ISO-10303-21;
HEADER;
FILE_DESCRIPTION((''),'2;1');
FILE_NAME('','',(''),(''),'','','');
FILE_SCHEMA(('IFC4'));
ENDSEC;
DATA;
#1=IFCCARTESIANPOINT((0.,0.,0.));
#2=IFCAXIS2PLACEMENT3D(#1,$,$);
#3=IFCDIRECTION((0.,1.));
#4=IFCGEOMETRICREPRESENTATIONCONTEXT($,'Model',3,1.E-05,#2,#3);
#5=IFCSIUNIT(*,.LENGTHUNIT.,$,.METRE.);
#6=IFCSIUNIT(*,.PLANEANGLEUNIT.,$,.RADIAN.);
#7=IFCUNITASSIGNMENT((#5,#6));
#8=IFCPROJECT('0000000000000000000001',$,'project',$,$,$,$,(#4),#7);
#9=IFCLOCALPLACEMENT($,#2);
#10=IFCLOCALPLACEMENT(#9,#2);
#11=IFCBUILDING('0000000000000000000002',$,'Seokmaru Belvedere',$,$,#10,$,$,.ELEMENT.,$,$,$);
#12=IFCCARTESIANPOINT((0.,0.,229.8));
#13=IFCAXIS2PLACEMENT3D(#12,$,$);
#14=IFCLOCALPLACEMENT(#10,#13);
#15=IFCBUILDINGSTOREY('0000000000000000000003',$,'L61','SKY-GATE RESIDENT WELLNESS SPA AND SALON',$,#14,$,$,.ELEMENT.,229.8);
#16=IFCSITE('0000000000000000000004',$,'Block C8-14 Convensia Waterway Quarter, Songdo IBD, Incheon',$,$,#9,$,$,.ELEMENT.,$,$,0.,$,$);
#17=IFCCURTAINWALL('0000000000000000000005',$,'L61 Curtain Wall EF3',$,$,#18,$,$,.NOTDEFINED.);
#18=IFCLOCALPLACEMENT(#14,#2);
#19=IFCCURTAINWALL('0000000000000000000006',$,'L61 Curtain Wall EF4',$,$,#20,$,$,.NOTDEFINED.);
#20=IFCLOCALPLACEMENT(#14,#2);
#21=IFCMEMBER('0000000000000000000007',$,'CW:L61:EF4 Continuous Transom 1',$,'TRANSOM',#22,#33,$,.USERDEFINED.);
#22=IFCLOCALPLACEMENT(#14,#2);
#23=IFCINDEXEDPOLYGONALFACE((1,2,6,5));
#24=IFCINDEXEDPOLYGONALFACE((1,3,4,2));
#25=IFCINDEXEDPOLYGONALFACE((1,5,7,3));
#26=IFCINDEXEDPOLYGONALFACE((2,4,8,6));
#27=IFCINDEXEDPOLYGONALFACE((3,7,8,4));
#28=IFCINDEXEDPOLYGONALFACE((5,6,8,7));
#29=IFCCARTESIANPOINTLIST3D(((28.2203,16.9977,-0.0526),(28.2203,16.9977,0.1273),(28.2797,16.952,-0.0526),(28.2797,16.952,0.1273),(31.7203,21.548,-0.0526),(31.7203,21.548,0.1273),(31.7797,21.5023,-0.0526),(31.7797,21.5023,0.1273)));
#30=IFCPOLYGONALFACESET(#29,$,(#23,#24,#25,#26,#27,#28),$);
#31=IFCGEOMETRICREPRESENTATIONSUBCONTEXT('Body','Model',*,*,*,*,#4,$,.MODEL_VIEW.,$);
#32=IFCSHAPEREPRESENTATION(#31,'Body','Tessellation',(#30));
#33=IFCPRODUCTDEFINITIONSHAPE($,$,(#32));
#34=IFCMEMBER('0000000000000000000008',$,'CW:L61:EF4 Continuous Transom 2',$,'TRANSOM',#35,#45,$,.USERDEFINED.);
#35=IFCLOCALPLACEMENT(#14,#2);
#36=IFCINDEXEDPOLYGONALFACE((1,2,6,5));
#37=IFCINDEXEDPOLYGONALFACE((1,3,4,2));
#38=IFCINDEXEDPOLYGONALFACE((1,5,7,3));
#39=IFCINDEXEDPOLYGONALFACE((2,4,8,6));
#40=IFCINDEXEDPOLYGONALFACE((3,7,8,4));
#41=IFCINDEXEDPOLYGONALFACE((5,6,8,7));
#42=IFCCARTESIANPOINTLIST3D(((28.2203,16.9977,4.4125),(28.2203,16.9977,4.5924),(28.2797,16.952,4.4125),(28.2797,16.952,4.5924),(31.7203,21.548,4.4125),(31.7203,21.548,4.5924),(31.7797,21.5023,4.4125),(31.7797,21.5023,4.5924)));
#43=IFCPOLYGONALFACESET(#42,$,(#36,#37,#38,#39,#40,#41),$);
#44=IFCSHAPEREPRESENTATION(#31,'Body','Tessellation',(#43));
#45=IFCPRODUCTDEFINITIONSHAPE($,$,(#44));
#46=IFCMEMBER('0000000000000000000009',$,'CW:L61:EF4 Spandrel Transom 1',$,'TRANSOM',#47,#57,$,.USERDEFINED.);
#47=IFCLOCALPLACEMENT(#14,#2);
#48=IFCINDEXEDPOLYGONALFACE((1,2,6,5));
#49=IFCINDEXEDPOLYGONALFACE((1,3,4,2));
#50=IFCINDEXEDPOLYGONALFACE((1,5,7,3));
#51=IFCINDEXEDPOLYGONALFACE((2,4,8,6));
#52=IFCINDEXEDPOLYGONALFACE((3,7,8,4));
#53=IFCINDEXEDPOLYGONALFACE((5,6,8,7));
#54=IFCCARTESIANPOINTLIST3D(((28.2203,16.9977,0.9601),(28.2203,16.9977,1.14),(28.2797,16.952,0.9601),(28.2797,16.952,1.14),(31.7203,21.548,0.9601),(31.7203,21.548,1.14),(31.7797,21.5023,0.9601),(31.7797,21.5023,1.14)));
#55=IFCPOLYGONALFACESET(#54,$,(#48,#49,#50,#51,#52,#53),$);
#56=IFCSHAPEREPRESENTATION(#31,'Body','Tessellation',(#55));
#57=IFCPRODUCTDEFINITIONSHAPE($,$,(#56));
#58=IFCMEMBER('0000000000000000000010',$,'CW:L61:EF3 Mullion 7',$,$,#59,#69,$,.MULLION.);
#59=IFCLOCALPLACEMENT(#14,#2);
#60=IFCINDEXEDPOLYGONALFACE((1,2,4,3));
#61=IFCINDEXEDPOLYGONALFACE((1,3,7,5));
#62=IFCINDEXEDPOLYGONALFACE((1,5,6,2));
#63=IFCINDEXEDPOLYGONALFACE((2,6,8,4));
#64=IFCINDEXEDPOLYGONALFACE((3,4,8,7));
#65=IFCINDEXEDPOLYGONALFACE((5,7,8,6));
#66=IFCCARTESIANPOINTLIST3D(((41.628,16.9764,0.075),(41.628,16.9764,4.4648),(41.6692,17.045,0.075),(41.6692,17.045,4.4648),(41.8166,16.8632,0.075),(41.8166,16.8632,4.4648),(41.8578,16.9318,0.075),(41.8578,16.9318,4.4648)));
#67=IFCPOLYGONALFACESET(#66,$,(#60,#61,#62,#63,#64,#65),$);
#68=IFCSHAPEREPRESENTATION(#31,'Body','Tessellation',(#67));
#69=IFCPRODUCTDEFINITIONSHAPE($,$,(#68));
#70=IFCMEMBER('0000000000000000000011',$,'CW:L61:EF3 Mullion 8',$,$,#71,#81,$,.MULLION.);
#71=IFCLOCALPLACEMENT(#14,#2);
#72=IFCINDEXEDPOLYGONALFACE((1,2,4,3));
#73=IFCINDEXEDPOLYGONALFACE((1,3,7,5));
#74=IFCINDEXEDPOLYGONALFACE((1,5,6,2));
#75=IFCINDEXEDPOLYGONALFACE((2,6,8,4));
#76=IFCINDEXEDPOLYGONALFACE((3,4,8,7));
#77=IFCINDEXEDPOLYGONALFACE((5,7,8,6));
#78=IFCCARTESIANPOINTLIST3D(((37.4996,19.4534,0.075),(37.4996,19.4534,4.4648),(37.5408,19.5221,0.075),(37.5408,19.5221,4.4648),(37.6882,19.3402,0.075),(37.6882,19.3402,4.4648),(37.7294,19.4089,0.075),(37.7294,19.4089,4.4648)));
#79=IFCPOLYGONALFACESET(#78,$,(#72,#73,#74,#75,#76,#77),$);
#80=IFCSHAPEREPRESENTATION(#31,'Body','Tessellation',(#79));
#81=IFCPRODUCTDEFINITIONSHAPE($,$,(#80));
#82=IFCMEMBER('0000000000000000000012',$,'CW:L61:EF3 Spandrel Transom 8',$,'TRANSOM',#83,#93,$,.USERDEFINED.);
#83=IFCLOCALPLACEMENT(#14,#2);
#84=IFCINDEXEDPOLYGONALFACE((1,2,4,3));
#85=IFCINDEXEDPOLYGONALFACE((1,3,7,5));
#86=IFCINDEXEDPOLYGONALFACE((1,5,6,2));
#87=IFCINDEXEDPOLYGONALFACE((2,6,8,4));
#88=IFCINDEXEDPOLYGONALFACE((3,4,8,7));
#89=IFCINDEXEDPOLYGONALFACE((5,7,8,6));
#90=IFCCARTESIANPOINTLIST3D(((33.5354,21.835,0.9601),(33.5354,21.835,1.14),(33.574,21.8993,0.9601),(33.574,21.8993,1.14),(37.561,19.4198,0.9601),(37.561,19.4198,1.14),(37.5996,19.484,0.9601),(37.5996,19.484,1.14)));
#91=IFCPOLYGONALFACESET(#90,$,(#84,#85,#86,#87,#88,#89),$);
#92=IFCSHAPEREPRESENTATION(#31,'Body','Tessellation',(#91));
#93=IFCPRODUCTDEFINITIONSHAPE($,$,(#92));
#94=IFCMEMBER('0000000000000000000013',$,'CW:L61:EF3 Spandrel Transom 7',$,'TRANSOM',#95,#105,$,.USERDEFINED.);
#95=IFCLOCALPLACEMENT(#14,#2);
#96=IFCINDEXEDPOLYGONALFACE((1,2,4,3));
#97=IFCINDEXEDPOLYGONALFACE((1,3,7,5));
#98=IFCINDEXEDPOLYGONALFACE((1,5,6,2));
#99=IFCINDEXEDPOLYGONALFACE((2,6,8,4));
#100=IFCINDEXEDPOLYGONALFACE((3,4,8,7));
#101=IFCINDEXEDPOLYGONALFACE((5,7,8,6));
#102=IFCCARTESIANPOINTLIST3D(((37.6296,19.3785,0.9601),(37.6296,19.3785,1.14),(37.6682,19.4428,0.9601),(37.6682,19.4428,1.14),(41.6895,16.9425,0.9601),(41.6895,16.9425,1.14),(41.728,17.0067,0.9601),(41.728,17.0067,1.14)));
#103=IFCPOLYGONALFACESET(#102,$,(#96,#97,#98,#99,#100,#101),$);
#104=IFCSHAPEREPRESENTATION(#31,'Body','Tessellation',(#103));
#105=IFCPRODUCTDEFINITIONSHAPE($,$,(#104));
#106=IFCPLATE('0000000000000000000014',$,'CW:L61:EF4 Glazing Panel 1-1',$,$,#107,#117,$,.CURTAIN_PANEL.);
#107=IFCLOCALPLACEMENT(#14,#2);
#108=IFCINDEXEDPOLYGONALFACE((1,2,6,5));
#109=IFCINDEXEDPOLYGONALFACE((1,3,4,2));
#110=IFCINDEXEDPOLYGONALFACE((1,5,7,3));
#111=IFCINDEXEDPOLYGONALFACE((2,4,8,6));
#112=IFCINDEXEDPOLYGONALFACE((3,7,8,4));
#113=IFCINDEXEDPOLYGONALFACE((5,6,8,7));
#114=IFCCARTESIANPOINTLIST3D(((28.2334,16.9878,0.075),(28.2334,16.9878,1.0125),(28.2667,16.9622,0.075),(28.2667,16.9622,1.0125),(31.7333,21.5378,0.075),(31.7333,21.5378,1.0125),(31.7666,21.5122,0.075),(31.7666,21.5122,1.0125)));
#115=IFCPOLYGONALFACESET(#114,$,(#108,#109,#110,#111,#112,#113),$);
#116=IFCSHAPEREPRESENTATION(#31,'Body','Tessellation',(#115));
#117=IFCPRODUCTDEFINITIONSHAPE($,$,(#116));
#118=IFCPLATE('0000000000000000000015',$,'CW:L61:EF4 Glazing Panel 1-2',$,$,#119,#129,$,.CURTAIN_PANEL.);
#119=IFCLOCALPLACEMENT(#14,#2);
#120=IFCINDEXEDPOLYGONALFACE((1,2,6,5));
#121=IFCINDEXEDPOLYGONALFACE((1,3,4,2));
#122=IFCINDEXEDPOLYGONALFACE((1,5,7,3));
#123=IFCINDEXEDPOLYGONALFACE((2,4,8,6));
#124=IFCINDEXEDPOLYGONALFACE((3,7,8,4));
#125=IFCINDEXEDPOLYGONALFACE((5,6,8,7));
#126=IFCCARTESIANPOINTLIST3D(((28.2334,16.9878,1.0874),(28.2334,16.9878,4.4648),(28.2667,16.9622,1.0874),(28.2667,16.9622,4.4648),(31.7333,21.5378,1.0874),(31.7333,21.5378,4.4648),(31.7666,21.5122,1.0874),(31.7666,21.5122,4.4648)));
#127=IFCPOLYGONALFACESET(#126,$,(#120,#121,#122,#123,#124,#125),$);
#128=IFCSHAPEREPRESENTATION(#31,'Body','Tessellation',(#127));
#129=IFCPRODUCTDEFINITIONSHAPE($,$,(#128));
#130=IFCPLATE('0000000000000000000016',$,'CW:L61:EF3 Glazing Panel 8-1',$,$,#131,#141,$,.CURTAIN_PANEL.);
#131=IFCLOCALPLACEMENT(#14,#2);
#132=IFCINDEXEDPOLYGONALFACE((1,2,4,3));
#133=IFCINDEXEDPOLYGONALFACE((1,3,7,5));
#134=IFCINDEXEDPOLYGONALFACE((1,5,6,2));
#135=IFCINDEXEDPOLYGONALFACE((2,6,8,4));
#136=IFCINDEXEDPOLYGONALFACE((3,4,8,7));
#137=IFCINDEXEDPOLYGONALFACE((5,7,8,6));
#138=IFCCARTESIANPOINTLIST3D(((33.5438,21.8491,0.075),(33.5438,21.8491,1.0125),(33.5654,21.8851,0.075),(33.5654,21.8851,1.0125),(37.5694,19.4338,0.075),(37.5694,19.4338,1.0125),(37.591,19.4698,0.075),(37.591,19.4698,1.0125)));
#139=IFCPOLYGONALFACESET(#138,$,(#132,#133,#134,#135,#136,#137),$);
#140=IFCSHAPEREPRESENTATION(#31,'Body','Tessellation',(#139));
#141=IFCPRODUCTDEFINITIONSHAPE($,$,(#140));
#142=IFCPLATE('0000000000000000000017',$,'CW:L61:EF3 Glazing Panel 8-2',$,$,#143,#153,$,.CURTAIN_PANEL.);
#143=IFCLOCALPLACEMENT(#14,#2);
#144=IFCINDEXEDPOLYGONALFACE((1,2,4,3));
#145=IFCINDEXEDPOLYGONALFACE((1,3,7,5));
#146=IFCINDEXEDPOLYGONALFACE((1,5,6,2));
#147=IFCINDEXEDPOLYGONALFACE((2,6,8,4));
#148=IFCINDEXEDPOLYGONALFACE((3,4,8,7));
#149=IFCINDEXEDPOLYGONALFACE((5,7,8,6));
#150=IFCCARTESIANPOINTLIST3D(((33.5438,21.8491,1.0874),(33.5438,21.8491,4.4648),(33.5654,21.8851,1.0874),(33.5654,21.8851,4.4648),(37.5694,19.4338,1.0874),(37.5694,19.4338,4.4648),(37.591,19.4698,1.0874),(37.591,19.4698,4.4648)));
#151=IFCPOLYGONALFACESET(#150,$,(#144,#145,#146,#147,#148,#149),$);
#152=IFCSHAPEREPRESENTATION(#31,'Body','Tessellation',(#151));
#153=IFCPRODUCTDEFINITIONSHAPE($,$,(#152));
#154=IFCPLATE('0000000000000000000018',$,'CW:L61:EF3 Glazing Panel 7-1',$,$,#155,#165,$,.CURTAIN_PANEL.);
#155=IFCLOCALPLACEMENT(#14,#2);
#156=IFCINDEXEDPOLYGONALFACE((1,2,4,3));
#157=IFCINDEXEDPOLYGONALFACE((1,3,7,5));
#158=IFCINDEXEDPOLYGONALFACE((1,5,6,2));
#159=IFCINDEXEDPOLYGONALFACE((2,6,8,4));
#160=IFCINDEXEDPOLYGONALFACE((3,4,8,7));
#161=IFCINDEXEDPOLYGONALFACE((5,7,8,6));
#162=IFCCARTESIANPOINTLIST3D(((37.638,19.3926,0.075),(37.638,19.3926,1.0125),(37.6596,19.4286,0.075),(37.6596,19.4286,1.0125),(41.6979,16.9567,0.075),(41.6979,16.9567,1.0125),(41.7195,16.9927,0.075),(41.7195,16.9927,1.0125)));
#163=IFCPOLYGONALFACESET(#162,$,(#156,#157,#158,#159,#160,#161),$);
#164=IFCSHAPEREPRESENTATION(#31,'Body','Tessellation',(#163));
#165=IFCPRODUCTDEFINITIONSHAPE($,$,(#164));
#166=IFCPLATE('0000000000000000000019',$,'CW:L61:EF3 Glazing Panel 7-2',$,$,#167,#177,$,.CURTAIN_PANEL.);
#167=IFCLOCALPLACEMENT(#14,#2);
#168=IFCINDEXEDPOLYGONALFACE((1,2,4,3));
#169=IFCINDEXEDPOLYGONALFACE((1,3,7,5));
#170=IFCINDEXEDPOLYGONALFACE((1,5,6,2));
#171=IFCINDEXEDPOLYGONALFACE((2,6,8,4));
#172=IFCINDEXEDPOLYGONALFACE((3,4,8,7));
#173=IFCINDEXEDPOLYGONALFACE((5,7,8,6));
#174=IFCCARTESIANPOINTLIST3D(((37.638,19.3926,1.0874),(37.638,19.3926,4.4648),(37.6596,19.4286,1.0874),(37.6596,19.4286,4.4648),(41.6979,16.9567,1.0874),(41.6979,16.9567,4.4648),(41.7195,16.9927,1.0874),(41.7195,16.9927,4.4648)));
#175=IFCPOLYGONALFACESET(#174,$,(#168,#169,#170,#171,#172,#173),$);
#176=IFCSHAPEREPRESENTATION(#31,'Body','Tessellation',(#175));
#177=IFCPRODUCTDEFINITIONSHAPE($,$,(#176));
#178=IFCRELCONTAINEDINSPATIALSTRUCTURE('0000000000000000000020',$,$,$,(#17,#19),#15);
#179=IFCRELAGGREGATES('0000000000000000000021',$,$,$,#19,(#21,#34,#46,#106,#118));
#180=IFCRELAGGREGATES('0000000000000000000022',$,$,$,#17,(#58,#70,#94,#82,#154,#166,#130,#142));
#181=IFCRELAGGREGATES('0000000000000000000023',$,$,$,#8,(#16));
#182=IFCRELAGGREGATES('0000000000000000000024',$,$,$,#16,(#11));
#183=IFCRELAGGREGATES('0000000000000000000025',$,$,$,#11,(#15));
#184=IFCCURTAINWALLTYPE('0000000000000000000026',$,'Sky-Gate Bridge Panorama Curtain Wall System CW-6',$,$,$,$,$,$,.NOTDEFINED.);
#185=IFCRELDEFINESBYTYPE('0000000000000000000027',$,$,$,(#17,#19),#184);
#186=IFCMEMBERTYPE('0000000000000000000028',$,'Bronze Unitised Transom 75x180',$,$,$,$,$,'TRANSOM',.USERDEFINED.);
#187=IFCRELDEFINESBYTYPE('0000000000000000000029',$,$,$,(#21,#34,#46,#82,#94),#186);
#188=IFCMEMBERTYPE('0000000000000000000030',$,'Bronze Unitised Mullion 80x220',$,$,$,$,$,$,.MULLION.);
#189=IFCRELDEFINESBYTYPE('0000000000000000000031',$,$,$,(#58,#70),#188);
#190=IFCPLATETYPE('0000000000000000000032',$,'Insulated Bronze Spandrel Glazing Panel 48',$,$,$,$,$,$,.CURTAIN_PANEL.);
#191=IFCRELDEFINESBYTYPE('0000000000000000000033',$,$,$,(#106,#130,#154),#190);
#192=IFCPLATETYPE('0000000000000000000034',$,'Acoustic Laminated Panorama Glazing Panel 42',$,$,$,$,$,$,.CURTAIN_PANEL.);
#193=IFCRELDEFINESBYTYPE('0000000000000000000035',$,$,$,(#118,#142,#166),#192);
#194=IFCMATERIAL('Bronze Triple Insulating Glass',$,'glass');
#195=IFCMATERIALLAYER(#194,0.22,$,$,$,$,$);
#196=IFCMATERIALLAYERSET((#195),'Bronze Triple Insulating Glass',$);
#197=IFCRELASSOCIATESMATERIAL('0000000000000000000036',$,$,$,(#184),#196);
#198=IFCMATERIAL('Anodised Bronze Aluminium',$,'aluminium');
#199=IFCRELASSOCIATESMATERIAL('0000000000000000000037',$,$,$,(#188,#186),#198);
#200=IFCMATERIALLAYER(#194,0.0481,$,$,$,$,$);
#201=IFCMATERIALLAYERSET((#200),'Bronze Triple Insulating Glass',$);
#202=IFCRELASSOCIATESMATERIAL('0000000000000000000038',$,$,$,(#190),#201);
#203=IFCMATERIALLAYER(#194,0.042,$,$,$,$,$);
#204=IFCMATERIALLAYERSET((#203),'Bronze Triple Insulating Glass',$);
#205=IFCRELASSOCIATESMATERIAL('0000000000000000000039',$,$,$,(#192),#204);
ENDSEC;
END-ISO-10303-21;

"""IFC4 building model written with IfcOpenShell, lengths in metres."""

from ifc_helpers import new_model, si_unit, direction, frame, origin, origin_2d, place, context, subcontext, project, spatial, rectangle, extrude, source, transform, mapped, material, layer, layer_set, material_profile, profile_set, type_object, type_shapes, element, aggregate, save


model = new_model("IFC4")

# Units and contexts
model_context = context("Model", 3, precision=1e-05, world=origin(), true_north=direction((0.0, 1.0)))
body_context = subcontext(model_context, "Body", "Model", "MODEL_VIEW")
ifc_project = project(units=[si_unit("LENGTHUNIT", "METRE"), si_unit("PLANEANGLEUNIT", "RADIAN")], contexts=[model_context])

# Site, building, storey
site_placement = place(None, origin())
site = spatial("IfcSite", under=ifc_project, at=site_placement, Name="Block C8-14 Convensia Waterway Quarter, Songdo IBD, Incheon", CompositionType="ELEMENT", RefElevation=0.0)
building_placement = place(site_placement, origin())
building = spatial("IfcBuilding", under=site, at=building_placement, Name="Seokmaru Belvedere", CompositionType="ELEMENT")
storey_placement = place(building_placement, frame((0.0, 0.0, 229.8)))
storey = spatial("IfcBuildingStorey", under=building, at=storey_placement, Name="L61", Description="SKY-GATE RESIDENT WELLNESS SPA AND SALON", CompositionType="ELEMENT", Elevation=229.8)

# Curtain wall
ifc_material_1 = material(Name="Bronze Triple Insulating Glass", Category="glass")
ifc_layer_1 = layer(ifc_material_1, 0.22)
ifc_layer_set_1 = layer_set([ifc_layer_1], Name="Bronze Triple Insulating Glass")
curtain_wall_type = type_object("IfcCurtainWallType", Name="Sky-Gate Bridge Panorama Curtain Wall System CW-6", PredefinedType="NOTDEFINED", material=ifc_layer_set_1)
curtain_wall_1_placement = place(storey_placement, origin())
curtain_wall_1 = element("IfcCurtainWall", 1, at=curtain_wall_1_placement, inside=storey, type_object=curtain_wall_type, Name="L61 Curtain Wall EF3", PredefinedType="NOTDEFINED")
ifc_material_2 = material(Name="Anodised Bronze Aluminium", Category="aluminium")
ifc_material_profile_1 = material_profile(ifc_material_2, rectangle(XDim=0.0801, YDim=0.22, at=origin_2d()), Name="CW-M-80x220")
ifc_profile_set_1 = profile_set([ifc_material_profile_1], Name="Anodised Bronze Aluminium")
member_type_1 = type_object("IfcMemberType", Name="Bronze Unitised Mullion 80x220", PredefinedType="MULLION", material=ifc_profile_set_1)

# Curtain wall, members
curtain_wall_2_placement = place(storey_placement, origin())
curtain_wall_2 = element("IfcCurtainWall", 2, at=curtain_wall_2_placement, inside=storey, type_object=curtain_wall_type, Name="L61 Curtain Wall EF4", PredefinedType="NOTDEFINED")
ifc_material_profile_2 = material_profile(ifc_material_2, rectangle(XDim=0.075, YDim=0.1799, at=origin_2d()), Name="CW-T-75x180")
ifc_profile_set_2 = profile_set([ifc_material_profile_2], Name="Anodised Bronze Aluminium")
member_type_2 = type_object("IfcMemberType", Name="Bronze Unitised Transom 75x180", ElementType="TRANSOM", PredefinedType="USERDEFINED", material=ifc_profile_set_2)
shared_shape_1 = source(origin(), body_context, "Body", "SweptSolid", [
    extrude(rectangle(XDim=0.075, YDim=0.1799, at=origin_2d()), origin(), (0.0, 0.0, 1.0), 5.7407),
])
member_1_placement = place(storey_placement, frame((31.75, 21.5251, 0.0374), z_axis=(-0.609686, -0.792643, 0.0), x_axis=(0.792643, -0.609686, 0.0)))
member_1 = element("IfcMember", 3, at=member_1_placement, type_object=member_type_2, Name="CW:L61:EF4 Continuous Transom 1", ObjectType="TRANSOM", PredefinedType="USERDEFINED", context=body_context, shape_type="MappedRepresentation", body=[
    mapped(shared_shape_1, transform((0.0, 0.0, 0.0), scale=1.0)),
])
member_2_placement = place(storey_placement, frame((31.75, 21.5251, 4.5024), z_axis=(-0.609686, -0.792643, 0.0), x_axis=(0.792643, -0.609686, 0.0)))
member_2 = element("IfcMember", 4, at=member_2_placement, type_object=member_type_2, Name="CW:L61:EF4 Continuous Transom 2", ObjectType="TRANSOM", PredefinedType="USERDEFINED", context=body_context, shape_type="MappedRepresentation", body=[
    mapped(shared_shape_1, transform((0.0, 0.0, 0.0), scale=1.0)),
])
member_3_placement = place(storey_placement, frame((31.75, 21.5251, 1.05), z_axis=(-0.609686, -0.792643, 0.0), x_axis=(0.792643, -0.609686, 0.0)))
member_3 = element("IfcMember", 5, at=member_3_placement, type_object=member_type_2, Name="CW:L61:EF4 Spandrel Transom 1", ObjectType="TRANSOM", PredefinedType="USERDEFINED", context=body_context, shape_type="MappedRepresentation", body=[
    mapped(shared_shape_1, transform((0.0, 0.0, 0.0), scale=1.0)),
])

# Members
shared_shape_2 = source(origin(), body_context, "Body", "SweptSolid", [
    extrude(rectangle(XDim=0.0801, YDim=0.22, at=origin_2d()), origin(), (0.0, 0.0, 1.0), 4.3899),
])
member_4_placement = place(storey_placement, frame((41.7429, 16.9541, 0.075), z_axis=(0.0, 0.0, 1.0), x_axis=(-0.514495, -0.857493, 0.0)))
member_4 = element("IfcMember", 6, at=member_4_placement, type_object=member_type_1, Name="CW:L61:EF3 Mullion 7", PredefinedType="MULLION", context=body_context, shape_type="MappedRepresentation", body=[
    mapped(shared_shape_2, transform((0.0, 0.0, 0.0), scale=1.0)),
])
member_5_placement = place(storey_placement, frame((37.6145, 19.4312, 0.075), z_axis=(0.0, 0.0, 1.0), x_axis=(-0.514495, -0.857493, 0.0)))
member_5 = element("IfcMember", 7, at=member_5_placement, type_object=member_type_1, Name="CW:L61:EF3 Mullion 8", PredefinedType="MULLION", context=body_context, shape_type="MappedRepresentation", body=[
    mapped(shared_shape_2, transform((0.0, 0.0, 0.0), scale=1.0)),
])
shared_shape_3 = source(origin(), body_context, "Body", "SweptSolid", [
    extrude(rectangle(XDim=0.075, YDim=0.1799, at=origin_2d()), origin(), (0.0, 0.0, 1.0), 4.6946),
])
member_6_placement = place(storey_placement, frame((37.5803, 19.4519, 1.05), z_axis=(-0.857502, 0.51448, 0.0), x_axis=(-0.51448, -0.857502, 0.0)))
member_6 = element("IfcMember", 8, at=member_6_placement, type_object=member_type_2, Name="CW:L61:EF3 Spandrel Transom 8", ObjectType="TRANSOM", PredefinedType="USERDEFINED", context=body_context, shape_type="MappedRepresentation", body=[
    mapped(shared_shape_3, transform((0.0, 0.0, 0.0), scale=1.0)),
])
shared_shape_4 = source(origin(), body_context, "Body", "SweptSolid", [
    extrude(rectangle(XDim=0.075, YDim=0.1799, at=origin_2d()), origin(), (0.0, 0.0, 1.0), 4.7346),
])
type_shapes(member_type_2, [shared_shape_1, shared_shape_3, shared_shape_4])
member_7_placement = place(storey_placement, frame((41.7087, 16.9746, 1.05), z_axis=(-0.857479, 0.514519, 0.0), x_axis=(-0.514519, -0.857479, 0.0)))
member_7 = element("IfcMember", 9, at=member_7_placement, type_object=member_type_2, Name="CW:L61:EF3 Spandrel Transom 7", ObjectType="TRANSOM", PredefinedType="USERDEFINED", context=body_context, shape_type="MappedRepresentation", body=[
    mapped(shared_shape_4, transform((0.0, 0.0, 0.0), scale=1.0)),
])

# Plates
ifc_layer_2 = layer(ifc_material_1, 0.0481)
ifc_layer_set_2 = layer_set([ifc_layer_2], Name="Bronze Triple Insulating Glass")
plate_type_1 = type_object("IfcPlateType", Name="Insulated Bronze Spandrel Glazing Panel 48", PredefinedType="CURTAIN_PANEL", material=ifc_layer_set_2)
shared_shape_5 = source(origin(), body_context, "Body", "SweptSolid", [
    extrude(rectangle(XDim=5.7405, YDim=0.042, at=origin_2d()), origin(), (0.0, 0.0, 1.0), 0.9375),
])
plate_1_placement = place(storey_placement, frame((30.0, 19.25, 0.075), z_axis=(0.0, 0.0, 1.0), x_axis=(-0.609701, -0.792631, 0.0)))
plate_1 = element("IfcPlate", 10, at=plate_1_placement, type_object=plate_type_1, Name="CW:L61:EF4 Glazing Panel 1-1", PredefinedType="CURTAIN_PANEL", context=body_context, shape_type="MappedRepresentation", body=[
    mapped(shared_shape_5, transform((0.0, 0.0, 0.0), scale=1.0)),
])
ifc_layer_3 = layer(ifc_material_1, 0.042)
ifc_layer_set_3 = layer_set([ifc_layer_3], Name="Bronze Triple Insulating Glass")
plate_type_2 = type_object("IfcPlateType", Name="Acoustic Laminated Panorama Glazing Panel 42", PredefinedType="CURTAIN_PANEL", material=ifc_layer_set_3)
shared_shape_6 = source(origin(), body_context, "Body", "SweptSolid", [
    extrude(rectangle(XDim=5.7405, YDim=0.042, at=origin_2d()), origin(), (0.0, 0.0, 1.0), 3.3774),
])
plate_2_placement = place(storey_placement, frame((30.0, 19.25, 1.0874), z_axis=(0.0, 0.0, 1.0), x_axis=(-0.609701, -0.792631, 0.0)))
plate_2 = element("IfcPlate", 11, at=plate_2_placement, type_object=plate_type_2, Name="CW:L61:EF4 Glazing Panel 1-2", PredefinedType="CURTAIN_PANEL", context=body_context, shape_type="MappedRepresentation", body=[
    mapped(shared_shape_6, transform((0.0, 0.0, 0.0), scale=1.0)),
])
aggregate(curtain_wall_2, [member_1, member_2, member_3, plate_1, plate_2])
shared_shape_7 = source(origin(), body_context, "Body", "SweptSolid", [
    extrude(rectangle(XDim=4.6946, YDim=0.042, at=origin_2d()), origin(), (0.0, 0.0, 1.0), 0.9375),
])
plate_3_placement = place(storey_placement, frame((35.5674, 20.6594, 0.075), z_axis=(0.0, 0.0, 1.0), x_axis=(-0.857493, 0.514495, 0.0)))
plate_3 = element("IfcPlate", 12, at=plate_3_placement, type_object=plate_type_1, Name="CW:L61:EF3 Glazing Panel 8-1", PredefinedType="CURTAIN_PANEL", context=body_context, shape_type="MappedRepresentation", body=[
    mapped(shared_shape_7, transform((0.0, 0.0, 0.0), scale=1.0)),
])
shared_shape_8 = source(origin(), body_context, "Body", "SweptSolid", [
    extrude(rectangle(XDim=4.6946, YDim=0.042, at=origin_2d()), origin(), (0.0, 0.0, 1.0), 3.3774),
])
plate_4_placement = place(storey_placement, frame((35.5674, 20.6594, 1.0874), z_axis=(0.0, 0.0, 1.0), x_axis=(-0.857493, 0.514495, 0.0)))
plate_4 = element("IfcPlate", 13, at=plate_4_placement, type_object=plate_type_2, Name="CW:L61:EF3 Glazing Panel 8-2", PredefinedType="CURTAIN_PANEL", context=body_context, shape_type="MappedRepresentation", body=[
    mapped(shared_shape_8, transform((0.0, 0.0, 0.0), scale=1.0)),
])
shared_shape_9 = source(origin(), body_context, "Body", "SweptSolid", [
    extrude(rectangle(XDim=4.7346, YDim=0.042, at=origin_2d()), origin(), (0.0, 0.0, 1.0), 0.9375),
])
type_shapes(plate_type_1, [shared_shape_5, shared_shape_7, shared_shape_9])
plate_5_placement = place(storey_placement, frame((39.6787, 18.1926, 0.075), z_axis=(0.0, 0.0, 1.0), x_axis=(-0.857493, 0.514495, 0.0)))
plate_5 = element("IfcPlate", 14, at=plate_5_placement, type_object=plate_type_1, Name="CW:L61:EF3 Glazing Panel 7-1", PredefinedType="CURTAIN_PANEL", context=body_context, shape_type="MappedRepresentation", body=[
    mapped(shared_shape_9, transform((0.0, 0.0, 0.0), scale=1.0)),
])
shared_shape_10 = source(origin(), body_context, "Body", "SweptSolid", [
    extrude(rectangle(XDim=4.7346, YDim=0.042, at=origin_2d()), origin(), (0.0, 0.0, 1.0), 3.3774),
])
type_shapes(plate_type_2, [shared_shape_6, shared_shape_8, shared_shape_10])
plate_6_placement = place(storey_placement, frame((39.6787, 18.1926, 1.0874), z_axis=(0.0, 0.0, 1.0), x_axis=(-0.857493, 0.514495, 0.0)))
plate_6 = element("IfcPlate", 15, at=plate_6_placement, type_object=plate_type_2, Name="CW:L61:EF3 Glazing Panel 7-2", PredefinedType="CURTAIN_PANEL", context=body_context, shape_type="MappedRepresentation", body=[
    mapped(shared_shape_10, transform((0.0, 0.0, 0.0), scale=1.0)),
])
aggregate(curtain_wall_1, [member_4, member_5, member_7, member_6, plate_5, plate_6, plate_3, plate_4])

save(model, "model.ifc")
